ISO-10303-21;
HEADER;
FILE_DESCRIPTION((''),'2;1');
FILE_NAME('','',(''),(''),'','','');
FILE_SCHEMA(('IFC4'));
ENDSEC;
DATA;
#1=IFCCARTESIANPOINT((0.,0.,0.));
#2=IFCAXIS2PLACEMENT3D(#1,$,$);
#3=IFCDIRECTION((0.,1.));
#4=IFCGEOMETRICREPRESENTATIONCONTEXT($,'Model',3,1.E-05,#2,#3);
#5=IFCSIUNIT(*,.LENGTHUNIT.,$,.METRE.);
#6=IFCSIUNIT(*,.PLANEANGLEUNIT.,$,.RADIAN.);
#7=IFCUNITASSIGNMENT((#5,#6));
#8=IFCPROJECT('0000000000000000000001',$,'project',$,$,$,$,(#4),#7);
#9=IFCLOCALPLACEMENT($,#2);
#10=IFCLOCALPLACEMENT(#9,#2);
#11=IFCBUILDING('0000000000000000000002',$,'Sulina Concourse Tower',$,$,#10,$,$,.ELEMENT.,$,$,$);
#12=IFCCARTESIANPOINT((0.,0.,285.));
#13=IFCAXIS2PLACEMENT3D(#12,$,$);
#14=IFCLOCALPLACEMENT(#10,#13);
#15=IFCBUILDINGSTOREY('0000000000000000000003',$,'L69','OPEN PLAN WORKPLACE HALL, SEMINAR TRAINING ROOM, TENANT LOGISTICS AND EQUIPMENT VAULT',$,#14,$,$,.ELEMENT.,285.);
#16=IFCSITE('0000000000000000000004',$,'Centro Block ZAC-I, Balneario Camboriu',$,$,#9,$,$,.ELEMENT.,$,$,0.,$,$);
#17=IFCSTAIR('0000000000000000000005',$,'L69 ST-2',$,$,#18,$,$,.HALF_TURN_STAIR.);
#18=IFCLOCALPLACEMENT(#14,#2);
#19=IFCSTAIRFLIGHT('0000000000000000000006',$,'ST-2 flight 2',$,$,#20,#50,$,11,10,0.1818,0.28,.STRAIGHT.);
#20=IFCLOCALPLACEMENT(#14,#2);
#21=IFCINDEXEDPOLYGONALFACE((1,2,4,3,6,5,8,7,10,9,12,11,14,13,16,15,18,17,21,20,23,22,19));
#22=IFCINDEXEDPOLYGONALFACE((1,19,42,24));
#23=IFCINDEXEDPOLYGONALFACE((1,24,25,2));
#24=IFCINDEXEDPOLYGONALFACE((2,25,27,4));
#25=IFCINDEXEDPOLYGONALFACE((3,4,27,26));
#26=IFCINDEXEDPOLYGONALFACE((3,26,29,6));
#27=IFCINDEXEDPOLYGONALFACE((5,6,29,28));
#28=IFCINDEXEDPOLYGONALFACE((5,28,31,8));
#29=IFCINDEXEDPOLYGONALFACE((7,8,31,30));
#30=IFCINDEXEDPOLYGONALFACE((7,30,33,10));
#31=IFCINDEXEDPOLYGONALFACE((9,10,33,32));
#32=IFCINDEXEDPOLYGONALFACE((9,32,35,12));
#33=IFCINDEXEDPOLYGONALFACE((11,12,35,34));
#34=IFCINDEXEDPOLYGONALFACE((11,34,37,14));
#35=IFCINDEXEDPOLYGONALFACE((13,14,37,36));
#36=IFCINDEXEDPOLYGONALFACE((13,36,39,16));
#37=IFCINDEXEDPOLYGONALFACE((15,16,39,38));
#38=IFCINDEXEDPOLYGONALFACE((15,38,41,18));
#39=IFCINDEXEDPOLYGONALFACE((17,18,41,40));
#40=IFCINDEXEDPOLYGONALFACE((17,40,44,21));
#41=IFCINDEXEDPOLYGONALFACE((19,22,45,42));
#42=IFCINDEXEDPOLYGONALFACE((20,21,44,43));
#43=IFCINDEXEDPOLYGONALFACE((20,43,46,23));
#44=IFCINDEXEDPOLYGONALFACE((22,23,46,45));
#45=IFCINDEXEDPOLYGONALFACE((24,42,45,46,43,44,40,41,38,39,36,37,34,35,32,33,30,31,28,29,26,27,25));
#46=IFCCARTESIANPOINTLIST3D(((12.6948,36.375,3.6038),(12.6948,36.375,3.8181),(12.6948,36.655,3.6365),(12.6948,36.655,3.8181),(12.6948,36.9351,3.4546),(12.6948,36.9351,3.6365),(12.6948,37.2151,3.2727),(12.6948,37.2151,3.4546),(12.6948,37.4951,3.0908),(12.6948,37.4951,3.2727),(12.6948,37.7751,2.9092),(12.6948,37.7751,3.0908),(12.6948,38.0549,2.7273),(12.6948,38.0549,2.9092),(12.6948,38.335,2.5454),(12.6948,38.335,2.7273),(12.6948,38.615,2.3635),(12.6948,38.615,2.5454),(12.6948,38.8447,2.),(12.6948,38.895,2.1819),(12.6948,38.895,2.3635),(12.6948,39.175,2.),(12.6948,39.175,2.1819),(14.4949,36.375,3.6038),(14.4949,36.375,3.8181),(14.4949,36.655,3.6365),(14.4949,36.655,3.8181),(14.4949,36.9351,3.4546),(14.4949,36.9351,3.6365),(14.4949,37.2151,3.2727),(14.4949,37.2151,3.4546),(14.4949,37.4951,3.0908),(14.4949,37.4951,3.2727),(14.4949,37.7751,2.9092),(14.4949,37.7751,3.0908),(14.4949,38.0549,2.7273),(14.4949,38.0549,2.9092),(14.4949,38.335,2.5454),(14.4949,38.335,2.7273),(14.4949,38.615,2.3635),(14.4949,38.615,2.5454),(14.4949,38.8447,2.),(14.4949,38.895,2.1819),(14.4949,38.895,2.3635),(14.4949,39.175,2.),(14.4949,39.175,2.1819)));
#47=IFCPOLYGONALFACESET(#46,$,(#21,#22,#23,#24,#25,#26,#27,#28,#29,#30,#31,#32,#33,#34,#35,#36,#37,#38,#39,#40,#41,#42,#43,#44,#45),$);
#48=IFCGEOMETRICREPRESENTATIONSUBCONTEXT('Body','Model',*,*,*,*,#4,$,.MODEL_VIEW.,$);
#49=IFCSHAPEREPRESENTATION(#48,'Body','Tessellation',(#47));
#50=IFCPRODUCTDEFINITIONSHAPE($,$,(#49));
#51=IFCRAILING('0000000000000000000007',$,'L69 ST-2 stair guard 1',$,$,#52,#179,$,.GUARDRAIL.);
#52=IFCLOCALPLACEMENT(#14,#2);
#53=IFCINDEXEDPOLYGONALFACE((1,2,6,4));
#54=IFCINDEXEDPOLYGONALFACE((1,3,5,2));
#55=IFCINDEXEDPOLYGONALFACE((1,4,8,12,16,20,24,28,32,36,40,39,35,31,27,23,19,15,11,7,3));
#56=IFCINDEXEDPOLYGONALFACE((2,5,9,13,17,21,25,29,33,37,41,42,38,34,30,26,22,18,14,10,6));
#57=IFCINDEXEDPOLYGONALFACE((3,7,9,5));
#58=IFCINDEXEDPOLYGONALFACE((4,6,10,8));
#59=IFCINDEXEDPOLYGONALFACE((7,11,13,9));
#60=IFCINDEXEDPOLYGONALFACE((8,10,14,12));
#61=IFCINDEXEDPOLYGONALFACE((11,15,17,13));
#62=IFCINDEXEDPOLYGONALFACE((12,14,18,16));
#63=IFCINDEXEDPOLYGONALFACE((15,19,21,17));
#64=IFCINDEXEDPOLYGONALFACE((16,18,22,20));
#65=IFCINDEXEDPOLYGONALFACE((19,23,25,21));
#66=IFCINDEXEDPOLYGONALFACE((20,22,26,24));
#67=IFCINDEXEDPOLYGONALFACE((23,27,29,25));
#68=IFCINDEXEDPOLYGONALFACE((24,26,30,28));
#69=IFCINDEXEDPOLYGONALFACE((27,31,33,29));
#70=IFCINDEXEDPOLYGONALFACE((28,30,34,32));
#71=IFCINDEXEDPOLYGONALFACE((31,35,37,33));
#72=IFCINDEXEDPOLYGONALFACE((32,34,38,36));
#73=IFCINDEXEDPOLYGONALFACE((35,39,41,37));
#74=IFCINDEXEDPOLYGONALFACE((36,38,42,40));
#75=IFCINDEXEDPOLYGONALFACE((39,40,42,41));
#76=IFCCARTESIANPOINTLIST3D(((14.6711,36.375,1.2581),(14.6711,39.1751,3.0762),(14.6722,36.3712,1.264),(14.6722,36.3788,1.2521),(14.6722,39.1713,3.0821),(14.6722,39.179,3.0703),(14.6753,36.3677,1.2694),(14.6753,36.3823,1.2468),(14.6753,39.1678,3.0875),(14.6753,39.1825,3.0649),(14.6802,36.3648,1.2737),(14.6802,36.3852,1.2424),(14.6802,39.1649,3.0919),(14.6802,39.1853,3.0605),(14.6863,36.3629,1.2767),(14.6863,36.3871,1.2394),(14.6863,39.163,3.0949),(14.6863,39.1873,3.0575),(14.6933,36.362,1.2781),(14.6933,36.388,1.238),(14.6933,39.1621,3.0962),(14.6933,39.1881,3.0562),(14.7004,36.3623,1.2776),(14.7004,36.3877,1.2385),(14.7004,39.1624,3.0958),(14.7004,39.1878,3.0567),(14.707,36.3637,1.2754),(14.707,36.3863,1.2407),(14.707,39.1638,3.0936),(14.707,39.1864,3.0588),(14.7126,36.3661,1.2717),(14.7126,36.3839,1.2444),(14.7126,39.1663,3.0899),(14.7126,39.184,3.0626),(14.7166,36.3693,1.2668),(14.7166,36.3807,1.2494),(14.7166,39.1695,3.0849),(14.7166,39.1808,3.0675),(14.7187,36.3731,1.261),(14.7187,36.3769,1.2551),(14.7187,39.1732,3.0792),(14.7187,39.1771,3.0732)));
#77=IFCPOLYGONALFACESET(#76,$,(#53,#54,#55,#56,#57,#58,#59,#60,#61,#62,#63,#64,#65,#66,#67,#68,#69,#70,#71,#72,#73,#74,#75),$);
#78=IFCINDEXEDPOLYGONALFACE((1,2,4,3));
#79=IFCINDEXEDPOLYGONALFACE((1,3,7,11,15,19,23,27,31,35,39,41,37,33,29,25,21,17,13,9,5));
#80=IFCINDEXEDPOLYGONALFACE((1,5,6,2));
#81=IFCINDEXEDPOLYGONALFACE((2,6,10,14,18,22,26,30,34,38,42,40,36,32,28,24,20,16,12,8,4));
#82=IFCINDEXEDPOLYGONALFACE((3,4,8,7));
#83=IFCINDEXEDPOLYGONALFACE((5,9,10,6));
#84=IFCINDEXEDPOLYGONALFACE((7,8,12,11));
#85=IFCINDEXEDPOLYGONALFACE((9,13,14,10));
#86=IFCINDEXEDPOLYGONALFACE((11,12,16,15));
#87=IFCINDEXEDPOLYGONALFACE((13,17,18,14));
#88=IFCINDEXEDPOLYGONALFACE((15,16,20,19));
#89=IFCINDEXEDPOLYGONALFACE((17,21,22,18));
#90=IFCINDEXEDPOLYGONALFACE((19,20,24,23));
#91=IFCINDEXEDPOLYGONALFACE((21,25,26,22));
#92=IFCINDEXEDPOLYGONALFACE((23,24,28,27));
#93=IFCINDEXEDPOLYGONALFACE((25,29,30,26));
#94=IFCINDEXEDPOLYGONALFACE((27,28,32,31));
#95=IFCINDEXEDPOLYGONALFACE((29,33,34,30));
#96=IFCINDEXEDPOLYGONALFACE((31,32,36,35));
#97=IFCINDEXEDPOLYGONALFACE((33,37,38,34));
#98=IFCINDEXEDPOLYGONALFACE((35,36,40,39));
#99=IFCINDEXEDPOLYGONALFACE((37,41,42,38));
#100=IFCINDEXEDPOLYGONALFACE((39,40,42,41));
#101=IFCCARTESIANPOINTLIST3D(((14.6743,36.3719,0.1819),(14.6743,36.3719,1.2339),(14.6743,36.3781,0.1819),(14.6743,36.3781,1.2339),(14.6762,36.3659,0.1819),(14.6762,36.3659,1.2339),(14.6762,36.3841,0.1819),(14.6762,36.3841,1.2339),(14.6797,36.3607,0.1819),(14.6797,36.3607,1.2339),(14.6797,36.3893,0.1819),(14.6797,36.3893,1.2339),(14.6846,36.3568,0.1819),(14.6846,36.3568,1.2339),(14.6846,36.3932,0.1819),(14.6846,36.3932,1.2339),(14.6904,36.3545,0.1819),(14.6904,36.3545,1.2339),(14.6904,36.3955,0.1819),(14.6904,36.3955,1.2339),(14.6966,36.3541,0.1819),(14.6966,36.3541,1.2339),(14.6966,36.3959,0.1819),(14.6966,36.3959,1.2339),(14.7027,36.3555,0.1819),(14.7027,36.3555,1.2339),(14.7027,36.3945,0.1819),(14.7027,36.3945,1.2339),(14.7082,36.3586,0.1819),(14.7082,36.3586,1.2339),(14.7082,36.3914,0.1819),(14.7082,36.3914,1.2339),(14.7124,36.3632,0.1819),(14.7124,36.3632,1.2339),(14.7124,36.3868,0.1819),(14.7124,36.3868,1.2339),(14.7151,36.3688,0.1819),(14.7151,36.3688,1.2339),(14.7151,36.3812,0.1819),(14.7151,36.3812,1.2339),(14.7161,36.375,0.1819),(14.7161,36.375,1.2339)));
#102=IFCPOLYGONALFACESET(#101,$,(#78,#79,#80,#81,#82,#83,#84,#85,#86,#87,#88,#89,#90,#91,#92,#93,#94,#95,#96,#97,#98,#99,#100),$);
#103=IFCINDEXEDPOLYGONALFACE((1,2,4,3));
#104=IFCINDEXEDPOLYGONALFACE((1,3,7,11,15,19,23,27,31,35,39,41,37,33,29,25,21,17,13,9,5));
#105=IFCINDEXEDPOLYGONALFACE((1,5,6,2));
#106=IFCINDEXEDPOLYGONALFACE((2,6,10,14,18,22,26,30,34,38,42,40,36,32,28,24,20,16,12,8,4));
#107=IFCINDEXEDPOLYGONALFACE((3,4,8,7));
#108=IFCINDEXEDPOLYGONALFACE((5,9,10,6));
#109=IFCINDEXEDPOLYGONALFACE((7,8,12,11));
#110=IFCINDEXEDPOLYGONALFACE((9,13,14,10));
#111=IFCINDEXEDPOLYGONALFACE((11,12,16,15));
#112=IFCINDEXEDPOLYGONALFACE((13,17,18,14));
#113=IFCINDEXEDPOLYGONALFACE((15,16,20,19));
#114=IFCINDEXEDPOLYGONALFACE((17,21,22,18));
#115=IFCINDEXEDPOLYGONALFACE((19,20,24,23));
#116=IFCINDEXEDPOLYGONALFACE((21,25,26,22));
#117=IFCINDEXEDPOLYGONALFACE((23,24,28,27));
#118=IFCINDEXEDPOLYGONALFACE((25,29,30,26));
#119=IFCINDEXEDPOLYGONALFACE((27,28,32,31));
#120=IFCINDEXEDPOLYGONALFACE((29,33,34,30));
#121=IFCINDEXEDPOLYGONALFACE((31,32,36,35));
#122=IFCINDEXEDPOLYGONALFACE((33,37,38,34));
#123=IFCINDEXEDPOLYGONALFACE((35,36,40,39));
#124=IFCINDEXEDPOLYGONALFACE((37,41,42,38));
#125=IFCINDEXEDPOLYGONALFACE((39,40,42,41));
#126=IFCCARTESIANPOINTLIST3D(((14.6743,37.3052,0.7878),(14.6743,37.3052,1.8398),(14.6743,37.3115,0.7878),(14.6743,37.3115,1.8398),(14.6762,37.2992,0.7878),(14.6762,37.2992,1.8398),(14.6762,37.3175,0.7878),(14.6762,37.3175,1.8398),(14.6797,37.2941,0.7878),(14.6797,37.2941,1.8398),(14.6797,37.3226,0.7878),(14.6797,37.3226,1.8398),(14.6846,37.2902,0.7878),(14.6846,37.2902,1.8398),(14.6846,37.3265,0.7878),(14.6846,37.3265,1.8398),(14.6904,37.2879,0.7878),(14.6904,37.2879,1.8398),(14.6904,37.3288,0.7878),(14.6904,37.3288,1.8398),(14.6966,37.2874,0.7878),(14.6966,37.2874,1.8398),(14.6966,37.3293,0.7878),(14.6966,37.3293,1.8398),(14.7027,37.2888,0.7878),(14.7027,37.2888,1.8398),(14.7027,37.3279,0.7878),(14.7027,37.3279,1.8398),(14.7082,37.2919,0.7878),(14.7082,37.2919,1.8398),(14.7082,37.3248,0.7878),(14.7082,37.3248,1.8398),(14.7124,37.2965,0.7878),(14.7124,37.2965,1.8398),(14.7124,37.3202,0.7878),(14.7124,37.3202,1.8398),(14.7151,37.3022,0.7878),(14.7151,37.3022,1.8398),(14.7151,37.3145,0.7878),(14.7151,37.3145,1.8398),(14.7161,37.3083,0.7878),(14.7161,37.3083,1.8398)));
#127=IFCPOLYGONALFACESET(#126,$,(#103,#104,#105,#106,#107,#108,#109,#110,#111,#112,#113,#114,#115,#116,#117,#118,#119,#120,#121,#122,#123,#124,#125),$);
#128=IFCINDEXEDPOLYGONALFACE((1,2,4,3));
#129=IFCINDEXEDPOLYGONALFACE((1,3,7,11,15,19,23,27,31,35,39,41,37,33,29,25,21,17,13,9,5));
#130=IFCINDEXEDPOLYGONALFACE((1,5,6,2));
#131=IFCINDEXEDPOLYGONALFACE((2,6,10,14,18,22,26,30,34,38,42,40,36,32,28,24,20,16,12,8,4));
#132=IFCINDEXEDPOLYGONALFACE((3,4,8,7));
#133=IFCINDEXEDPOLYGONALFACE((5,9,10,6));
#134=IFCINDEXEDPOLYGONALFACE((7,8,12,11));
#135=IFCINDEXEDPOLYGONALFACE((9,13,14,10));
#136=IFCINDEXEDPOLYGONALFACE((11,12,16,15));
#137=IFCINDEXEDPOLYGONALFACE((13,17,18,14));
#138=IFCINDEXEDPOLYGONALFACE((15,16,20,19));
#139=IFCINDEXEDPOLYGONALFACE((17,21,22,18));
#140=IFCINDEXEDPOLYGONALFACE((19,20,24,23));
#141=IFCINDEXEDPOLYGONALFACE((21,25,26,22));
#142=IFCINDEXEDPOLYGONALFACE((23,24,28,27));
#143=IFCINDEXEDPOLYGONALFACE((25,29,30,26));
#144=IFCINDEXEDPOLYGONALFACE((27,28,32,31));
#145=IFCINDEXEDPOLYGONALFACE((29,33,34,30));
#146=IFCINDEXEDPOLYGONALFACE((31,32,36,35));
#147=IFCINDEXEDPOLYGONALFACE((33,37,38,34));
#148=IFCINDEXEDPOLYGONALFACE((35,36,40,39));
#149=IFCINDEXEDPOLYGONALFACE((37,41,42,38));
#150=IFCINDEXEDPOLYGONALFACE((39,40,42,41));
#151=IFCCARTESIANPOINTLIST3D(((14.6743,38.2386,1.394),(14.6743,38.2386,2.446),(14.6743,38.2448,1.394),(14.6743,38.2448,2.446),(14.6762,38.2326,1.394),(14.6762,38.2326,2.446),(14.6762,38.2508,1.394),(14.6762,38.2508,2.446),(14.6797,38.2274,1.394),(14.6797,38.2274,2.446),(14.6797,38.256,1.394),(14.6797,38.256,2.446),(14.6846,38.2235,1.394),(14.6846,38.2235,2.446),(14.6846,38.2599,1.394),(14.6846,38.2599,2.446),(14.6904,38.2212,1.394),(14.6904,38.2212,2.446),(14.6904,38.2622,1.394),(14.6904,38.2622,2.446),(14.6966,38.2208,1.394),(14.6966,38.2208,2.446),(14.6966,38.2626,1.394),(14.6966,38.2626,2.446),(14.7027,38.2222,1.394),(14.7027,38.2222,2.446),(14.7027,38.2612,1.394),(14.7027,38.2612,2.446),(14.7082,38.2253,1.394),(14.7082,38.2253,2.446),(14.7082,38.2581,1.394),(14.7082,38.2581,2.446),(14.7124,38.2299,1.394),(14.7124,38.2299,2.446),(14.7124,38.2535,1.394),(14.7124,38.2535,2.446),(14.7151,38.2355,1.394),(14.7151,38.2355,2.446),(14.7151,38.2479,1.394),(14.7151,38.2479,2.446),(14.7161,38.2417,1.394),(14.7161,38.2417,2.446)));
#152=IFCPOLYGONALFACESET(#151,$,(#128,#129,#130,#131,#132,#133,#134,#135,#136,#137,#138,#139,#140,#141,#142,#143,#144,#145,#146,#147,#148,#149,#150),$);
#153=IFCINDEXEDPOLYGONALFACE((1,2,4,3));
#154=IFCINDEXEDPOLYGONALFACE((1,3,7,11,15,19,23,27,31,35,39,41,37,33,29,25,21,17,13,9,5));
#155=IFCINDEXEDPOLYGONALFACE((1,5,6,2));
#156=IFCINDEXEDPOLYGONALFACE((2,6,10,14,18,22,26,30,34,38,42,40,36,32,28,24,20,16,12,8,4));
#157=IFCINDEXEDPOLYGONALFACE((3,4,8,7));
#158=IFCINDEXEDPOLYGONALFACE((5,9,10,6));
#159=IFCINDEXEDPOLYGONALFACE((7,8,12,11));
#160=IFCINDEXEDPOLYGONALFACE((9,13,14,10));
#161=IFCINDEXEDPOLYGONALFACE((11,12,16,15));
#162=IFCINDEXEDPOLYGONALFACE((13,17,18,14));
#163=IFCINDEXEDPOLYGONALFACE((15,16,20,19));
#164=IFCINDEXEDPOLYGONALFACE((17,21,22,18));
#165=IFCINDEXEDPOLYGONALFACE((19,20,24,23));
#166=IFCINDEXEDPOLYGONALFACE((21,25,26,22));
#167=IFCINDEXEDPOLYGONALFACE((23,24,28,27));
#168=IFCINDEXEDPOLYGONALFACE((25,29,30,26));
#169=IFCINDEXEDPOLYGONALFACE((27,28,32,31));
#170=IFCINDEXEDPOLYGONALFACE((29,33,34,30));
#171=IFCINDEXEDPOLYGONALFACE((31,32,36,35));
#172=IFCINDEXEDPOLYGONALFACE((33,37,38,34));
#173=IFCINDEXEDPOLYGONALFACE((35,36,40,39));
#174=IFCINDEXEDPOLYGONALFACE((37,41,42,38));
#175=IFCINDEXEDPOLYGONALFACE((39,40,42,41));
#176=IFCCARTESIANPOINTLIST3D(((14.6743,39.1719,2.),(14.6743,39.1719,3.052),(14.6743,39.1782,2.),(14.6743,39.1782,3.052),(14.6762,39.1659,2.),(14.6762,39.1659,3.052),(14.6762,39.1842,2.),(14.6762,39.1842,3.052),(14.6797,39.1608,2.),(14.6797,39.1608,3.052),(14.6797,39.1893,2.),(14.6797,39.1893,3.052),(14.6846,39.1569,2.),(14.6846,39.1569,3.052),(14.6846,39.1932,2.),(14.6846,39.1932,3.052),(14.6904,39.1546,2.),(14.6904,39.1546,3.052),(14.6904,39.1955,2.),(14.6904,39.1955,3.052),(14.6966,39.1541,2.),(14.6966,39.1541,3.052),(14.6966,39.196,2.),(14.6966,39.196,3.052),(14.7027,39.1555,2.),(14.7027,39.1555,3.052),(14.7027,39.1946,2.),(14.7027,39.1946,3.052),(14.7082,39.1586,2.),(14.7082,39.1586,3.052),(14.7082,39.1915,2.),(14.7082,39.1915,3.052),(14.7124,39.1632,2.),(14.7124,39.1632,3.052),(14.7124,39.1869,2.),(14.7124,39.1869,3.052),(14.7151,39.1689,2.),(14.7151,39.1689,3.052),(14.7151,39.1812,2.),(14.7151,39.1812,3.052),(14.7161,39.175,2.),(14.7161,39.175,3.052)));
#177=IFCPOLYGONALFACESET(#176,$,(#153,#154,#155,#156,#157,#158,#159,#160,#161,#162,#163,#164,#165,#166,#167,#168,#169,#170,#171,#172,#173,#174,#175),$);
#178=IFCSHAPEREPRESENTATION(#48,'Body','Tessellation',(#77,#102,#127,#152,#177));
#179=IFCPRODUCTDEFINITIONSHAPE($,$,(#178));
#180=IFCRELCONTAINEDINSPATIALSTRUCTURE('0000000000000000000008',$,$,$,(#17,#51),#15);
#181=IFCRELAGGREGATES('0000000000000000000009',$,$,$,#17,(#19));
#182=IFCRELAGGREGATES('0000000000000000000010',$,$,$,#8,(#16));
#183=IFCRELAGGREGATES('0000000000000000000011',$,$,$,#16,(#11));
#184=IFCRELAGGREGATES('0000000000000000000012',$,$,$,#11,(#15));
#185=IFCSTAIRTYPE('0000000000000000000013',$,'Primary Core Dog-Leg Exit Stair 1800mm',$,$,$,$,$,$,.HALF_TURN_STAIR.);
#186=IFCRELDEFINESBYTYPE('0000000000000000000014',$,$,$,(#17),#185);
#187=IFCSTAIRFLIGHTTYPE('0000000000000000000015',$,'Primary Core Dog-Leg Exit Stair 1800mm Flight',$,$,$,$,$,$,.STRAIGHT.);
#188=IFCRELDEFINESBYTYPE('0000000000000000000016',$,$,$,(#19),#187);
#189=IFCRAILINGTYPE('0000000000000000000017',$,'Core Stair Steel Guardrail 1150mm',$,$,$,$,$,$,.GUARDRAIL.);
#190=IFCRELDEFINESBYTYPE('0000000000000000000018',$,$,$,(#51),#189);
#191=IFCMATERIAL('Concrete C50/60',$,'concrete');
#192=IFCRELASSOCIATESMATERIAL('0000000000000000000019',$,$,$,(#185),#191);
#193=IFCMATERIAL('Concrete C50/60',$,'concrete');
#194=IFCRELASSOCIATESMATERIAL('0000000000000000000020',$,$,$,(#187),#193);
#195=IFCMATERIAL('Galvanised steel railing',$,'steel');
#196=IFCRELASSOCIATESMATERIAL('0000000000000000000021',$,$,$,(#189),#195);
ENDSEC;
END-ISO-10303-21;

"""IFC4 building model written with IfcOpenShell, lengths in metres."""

from ifc_helpers import new_model, si_unit, direction, frame, origin, origin_2d, place, context, subcontext, project, spatial, polyline, circle, outline, extrude, material, type_object, element, aggregate, save


model = new_model("IFC4")

# Units and contexts
model_context = context("Model", 3, precision=1e-05, world=origin(), true_north=direction((0.0, 1.0)))
body_context = subcontext(model_context, "Body", "Model", "MODEL_VIEW")
ifc_project = project(units=[si_unit("LENGTHUNIT", "METRE"), si_unit("PLANEANGLEUNIT", "RADIAN")], contexts=[model_context])

# Site, building, storey
site_placement = place(None, origin())
site = spatial("IfcSite", under=ifc_project, at=site_placement, Name="Centro Block ZAC-I, Balneario Camboriu", CompositionType="ELEMENT", RefElevation=0.0)
building_placement = place(site_placement, origin())
building = spatial("IfcBuilding", under=site, at=building_placement, Name="Sulina Concourse Tower", CompositionType="ELEMENT")
storey_placement = place(building_placement, frame((0.0, 0.0, 285.0)))
storey = spatial("IfcBuildingStorey", under=building, at=storey_placement, Name="L69", Description="OPEN PLAN WORKPLACE HALL, SEMINAR TRAINING ROOM, TENANT LOGISTICS AND EQUIPMENT VAULT", CompositionType="ELEMENT", Elevation=285.0)

# Stair, stair flight
ifc_material_1 = material(Name="Concrete C50/60", Category="concrete")
stair_type = type_object("IfcStairType", Name="Primary Core Dog-Leg Exit Stair 1800mm", PredefinedType="HALF_TURN_STAIR", material=ifc_material_1)
stair_placement = place(storey_placement, origin())
stair = element("IfcStair", 1, at=stair_placement, inside=storey, type_object=stair_type, Name="L69 ST-2", PredefinedType="HALF_TURN_STAIR")
ifc_material_2 = material(Name="Concrete C50/60", Category="concrete")
stair_flight_type = type_object("IfcStairFlightType", Name="Primary Core Dog-Leg Exit Stair 1800mm Flight", PredefinedType="STRAIGHT", material=ifc_material_2)
stair_flight_1_placement = place(storey_placement, frame((13.595, 39.175, 2.0), z_axis=(0.0, 0.0, 1.0), x_axis=(0.0, -1.0, 0.0)))
stair_flight_1 = element("IfcStairFlight", 2, at=stair_flight_1_placement, type_object=stair_flight_type, Name="ST-2 flight 2", NumberOfRisers=11, NumberOfTreads=10, PredefinedType="STRAIGHT", RiserHeight=0.1818, TreadLength=0.28, context=body_context, shape_type="SweptSolid", body=[
    extrude(outline(polyline([(0.0, 0.0), (0.0, 0.1819), (0.28, 0.1819), (0.28, 0.3635), (0.5601, 0.3635), (0.5601, 0.5454), (0.8401, 0.5454), (0.8401, 0.7273), (1.1201, 0.7273), (1.1201, 0.9092), (1.3999, 0.9092), (1.3999, 1.0908), (1.6799, 1.0908), (1.6799, 1.2727), (1.96, 1.2727), (1.96, 1.4546), (2.24, 1.4546), (2.24, 1.6365), (2.52, 1.6365), (2.52, 1.8181), (2.8, 1.8181), (2.8, 2.0), (2.8, 1.6038), (0.3303, 0.0), (0.0, 0.0)])), frame((0.0, 0.8999, 0.0), z_axis=(0.0, -1.0, 0.0), x_axis=(1.0, 0.0, 0.0)), (0.0, 0.0, 1.0), 1.8),
])
aggregate(stair, [stair_flight_1])

# Railing
ifc_material_3 = material(Name="Galvanised steel railing", Category="steel")
railing_type_1 = type_object("IfcRailingType", Name="Core Stair Steel Guardrail 1150mm", PredefinedType="GUARDRAIL", material=ifc_material_3)
railing_1_placement = place(storey_placement, frame((14.6951, 36.375, 0.1819)))
element("IfcRailing", 3, at=railing_1_placement, inside=storey, type_object=railing_type_1, Name="L69 ST-2 stair guard 1", PredefinedType="GUARDRAIL", context=body_context, shape_type="SweptSolid", body=[
    extrude(circle(Radius=0.0239, at=origin_2d()), frame((0.0, 0.0, 1.0762), z_axis=(0.0, 0.838706, 0.544585), x_axis=(-1.0, 0.0, 0.0)), (0.0, 0.0, 1.0), 3.3386),
    extrude(circle(Radius=0.021, at=origin_2d()), origin(), (0.0, 0.0, 1.0), 1.052),
    extrude(circle(Radius=0.021, at=origin_2d()), frame((0.0, 0.9333, 0.606)), (0.0, 0.0, 1.0), 1.052),
    extrude(circle(Radius=0.021, at=origin_2d()), frame((0.0, 1.8667, 1.2122)), (0.0, 0.0, 1.0), 1.052),
    extrude(circle(Radius=0.021, at=origin_2d()), frame((0.0, 2.8, 1.8181)), (0.0, 0.0, 1.0), 1.052),
])

save(model, "model.ifc")
